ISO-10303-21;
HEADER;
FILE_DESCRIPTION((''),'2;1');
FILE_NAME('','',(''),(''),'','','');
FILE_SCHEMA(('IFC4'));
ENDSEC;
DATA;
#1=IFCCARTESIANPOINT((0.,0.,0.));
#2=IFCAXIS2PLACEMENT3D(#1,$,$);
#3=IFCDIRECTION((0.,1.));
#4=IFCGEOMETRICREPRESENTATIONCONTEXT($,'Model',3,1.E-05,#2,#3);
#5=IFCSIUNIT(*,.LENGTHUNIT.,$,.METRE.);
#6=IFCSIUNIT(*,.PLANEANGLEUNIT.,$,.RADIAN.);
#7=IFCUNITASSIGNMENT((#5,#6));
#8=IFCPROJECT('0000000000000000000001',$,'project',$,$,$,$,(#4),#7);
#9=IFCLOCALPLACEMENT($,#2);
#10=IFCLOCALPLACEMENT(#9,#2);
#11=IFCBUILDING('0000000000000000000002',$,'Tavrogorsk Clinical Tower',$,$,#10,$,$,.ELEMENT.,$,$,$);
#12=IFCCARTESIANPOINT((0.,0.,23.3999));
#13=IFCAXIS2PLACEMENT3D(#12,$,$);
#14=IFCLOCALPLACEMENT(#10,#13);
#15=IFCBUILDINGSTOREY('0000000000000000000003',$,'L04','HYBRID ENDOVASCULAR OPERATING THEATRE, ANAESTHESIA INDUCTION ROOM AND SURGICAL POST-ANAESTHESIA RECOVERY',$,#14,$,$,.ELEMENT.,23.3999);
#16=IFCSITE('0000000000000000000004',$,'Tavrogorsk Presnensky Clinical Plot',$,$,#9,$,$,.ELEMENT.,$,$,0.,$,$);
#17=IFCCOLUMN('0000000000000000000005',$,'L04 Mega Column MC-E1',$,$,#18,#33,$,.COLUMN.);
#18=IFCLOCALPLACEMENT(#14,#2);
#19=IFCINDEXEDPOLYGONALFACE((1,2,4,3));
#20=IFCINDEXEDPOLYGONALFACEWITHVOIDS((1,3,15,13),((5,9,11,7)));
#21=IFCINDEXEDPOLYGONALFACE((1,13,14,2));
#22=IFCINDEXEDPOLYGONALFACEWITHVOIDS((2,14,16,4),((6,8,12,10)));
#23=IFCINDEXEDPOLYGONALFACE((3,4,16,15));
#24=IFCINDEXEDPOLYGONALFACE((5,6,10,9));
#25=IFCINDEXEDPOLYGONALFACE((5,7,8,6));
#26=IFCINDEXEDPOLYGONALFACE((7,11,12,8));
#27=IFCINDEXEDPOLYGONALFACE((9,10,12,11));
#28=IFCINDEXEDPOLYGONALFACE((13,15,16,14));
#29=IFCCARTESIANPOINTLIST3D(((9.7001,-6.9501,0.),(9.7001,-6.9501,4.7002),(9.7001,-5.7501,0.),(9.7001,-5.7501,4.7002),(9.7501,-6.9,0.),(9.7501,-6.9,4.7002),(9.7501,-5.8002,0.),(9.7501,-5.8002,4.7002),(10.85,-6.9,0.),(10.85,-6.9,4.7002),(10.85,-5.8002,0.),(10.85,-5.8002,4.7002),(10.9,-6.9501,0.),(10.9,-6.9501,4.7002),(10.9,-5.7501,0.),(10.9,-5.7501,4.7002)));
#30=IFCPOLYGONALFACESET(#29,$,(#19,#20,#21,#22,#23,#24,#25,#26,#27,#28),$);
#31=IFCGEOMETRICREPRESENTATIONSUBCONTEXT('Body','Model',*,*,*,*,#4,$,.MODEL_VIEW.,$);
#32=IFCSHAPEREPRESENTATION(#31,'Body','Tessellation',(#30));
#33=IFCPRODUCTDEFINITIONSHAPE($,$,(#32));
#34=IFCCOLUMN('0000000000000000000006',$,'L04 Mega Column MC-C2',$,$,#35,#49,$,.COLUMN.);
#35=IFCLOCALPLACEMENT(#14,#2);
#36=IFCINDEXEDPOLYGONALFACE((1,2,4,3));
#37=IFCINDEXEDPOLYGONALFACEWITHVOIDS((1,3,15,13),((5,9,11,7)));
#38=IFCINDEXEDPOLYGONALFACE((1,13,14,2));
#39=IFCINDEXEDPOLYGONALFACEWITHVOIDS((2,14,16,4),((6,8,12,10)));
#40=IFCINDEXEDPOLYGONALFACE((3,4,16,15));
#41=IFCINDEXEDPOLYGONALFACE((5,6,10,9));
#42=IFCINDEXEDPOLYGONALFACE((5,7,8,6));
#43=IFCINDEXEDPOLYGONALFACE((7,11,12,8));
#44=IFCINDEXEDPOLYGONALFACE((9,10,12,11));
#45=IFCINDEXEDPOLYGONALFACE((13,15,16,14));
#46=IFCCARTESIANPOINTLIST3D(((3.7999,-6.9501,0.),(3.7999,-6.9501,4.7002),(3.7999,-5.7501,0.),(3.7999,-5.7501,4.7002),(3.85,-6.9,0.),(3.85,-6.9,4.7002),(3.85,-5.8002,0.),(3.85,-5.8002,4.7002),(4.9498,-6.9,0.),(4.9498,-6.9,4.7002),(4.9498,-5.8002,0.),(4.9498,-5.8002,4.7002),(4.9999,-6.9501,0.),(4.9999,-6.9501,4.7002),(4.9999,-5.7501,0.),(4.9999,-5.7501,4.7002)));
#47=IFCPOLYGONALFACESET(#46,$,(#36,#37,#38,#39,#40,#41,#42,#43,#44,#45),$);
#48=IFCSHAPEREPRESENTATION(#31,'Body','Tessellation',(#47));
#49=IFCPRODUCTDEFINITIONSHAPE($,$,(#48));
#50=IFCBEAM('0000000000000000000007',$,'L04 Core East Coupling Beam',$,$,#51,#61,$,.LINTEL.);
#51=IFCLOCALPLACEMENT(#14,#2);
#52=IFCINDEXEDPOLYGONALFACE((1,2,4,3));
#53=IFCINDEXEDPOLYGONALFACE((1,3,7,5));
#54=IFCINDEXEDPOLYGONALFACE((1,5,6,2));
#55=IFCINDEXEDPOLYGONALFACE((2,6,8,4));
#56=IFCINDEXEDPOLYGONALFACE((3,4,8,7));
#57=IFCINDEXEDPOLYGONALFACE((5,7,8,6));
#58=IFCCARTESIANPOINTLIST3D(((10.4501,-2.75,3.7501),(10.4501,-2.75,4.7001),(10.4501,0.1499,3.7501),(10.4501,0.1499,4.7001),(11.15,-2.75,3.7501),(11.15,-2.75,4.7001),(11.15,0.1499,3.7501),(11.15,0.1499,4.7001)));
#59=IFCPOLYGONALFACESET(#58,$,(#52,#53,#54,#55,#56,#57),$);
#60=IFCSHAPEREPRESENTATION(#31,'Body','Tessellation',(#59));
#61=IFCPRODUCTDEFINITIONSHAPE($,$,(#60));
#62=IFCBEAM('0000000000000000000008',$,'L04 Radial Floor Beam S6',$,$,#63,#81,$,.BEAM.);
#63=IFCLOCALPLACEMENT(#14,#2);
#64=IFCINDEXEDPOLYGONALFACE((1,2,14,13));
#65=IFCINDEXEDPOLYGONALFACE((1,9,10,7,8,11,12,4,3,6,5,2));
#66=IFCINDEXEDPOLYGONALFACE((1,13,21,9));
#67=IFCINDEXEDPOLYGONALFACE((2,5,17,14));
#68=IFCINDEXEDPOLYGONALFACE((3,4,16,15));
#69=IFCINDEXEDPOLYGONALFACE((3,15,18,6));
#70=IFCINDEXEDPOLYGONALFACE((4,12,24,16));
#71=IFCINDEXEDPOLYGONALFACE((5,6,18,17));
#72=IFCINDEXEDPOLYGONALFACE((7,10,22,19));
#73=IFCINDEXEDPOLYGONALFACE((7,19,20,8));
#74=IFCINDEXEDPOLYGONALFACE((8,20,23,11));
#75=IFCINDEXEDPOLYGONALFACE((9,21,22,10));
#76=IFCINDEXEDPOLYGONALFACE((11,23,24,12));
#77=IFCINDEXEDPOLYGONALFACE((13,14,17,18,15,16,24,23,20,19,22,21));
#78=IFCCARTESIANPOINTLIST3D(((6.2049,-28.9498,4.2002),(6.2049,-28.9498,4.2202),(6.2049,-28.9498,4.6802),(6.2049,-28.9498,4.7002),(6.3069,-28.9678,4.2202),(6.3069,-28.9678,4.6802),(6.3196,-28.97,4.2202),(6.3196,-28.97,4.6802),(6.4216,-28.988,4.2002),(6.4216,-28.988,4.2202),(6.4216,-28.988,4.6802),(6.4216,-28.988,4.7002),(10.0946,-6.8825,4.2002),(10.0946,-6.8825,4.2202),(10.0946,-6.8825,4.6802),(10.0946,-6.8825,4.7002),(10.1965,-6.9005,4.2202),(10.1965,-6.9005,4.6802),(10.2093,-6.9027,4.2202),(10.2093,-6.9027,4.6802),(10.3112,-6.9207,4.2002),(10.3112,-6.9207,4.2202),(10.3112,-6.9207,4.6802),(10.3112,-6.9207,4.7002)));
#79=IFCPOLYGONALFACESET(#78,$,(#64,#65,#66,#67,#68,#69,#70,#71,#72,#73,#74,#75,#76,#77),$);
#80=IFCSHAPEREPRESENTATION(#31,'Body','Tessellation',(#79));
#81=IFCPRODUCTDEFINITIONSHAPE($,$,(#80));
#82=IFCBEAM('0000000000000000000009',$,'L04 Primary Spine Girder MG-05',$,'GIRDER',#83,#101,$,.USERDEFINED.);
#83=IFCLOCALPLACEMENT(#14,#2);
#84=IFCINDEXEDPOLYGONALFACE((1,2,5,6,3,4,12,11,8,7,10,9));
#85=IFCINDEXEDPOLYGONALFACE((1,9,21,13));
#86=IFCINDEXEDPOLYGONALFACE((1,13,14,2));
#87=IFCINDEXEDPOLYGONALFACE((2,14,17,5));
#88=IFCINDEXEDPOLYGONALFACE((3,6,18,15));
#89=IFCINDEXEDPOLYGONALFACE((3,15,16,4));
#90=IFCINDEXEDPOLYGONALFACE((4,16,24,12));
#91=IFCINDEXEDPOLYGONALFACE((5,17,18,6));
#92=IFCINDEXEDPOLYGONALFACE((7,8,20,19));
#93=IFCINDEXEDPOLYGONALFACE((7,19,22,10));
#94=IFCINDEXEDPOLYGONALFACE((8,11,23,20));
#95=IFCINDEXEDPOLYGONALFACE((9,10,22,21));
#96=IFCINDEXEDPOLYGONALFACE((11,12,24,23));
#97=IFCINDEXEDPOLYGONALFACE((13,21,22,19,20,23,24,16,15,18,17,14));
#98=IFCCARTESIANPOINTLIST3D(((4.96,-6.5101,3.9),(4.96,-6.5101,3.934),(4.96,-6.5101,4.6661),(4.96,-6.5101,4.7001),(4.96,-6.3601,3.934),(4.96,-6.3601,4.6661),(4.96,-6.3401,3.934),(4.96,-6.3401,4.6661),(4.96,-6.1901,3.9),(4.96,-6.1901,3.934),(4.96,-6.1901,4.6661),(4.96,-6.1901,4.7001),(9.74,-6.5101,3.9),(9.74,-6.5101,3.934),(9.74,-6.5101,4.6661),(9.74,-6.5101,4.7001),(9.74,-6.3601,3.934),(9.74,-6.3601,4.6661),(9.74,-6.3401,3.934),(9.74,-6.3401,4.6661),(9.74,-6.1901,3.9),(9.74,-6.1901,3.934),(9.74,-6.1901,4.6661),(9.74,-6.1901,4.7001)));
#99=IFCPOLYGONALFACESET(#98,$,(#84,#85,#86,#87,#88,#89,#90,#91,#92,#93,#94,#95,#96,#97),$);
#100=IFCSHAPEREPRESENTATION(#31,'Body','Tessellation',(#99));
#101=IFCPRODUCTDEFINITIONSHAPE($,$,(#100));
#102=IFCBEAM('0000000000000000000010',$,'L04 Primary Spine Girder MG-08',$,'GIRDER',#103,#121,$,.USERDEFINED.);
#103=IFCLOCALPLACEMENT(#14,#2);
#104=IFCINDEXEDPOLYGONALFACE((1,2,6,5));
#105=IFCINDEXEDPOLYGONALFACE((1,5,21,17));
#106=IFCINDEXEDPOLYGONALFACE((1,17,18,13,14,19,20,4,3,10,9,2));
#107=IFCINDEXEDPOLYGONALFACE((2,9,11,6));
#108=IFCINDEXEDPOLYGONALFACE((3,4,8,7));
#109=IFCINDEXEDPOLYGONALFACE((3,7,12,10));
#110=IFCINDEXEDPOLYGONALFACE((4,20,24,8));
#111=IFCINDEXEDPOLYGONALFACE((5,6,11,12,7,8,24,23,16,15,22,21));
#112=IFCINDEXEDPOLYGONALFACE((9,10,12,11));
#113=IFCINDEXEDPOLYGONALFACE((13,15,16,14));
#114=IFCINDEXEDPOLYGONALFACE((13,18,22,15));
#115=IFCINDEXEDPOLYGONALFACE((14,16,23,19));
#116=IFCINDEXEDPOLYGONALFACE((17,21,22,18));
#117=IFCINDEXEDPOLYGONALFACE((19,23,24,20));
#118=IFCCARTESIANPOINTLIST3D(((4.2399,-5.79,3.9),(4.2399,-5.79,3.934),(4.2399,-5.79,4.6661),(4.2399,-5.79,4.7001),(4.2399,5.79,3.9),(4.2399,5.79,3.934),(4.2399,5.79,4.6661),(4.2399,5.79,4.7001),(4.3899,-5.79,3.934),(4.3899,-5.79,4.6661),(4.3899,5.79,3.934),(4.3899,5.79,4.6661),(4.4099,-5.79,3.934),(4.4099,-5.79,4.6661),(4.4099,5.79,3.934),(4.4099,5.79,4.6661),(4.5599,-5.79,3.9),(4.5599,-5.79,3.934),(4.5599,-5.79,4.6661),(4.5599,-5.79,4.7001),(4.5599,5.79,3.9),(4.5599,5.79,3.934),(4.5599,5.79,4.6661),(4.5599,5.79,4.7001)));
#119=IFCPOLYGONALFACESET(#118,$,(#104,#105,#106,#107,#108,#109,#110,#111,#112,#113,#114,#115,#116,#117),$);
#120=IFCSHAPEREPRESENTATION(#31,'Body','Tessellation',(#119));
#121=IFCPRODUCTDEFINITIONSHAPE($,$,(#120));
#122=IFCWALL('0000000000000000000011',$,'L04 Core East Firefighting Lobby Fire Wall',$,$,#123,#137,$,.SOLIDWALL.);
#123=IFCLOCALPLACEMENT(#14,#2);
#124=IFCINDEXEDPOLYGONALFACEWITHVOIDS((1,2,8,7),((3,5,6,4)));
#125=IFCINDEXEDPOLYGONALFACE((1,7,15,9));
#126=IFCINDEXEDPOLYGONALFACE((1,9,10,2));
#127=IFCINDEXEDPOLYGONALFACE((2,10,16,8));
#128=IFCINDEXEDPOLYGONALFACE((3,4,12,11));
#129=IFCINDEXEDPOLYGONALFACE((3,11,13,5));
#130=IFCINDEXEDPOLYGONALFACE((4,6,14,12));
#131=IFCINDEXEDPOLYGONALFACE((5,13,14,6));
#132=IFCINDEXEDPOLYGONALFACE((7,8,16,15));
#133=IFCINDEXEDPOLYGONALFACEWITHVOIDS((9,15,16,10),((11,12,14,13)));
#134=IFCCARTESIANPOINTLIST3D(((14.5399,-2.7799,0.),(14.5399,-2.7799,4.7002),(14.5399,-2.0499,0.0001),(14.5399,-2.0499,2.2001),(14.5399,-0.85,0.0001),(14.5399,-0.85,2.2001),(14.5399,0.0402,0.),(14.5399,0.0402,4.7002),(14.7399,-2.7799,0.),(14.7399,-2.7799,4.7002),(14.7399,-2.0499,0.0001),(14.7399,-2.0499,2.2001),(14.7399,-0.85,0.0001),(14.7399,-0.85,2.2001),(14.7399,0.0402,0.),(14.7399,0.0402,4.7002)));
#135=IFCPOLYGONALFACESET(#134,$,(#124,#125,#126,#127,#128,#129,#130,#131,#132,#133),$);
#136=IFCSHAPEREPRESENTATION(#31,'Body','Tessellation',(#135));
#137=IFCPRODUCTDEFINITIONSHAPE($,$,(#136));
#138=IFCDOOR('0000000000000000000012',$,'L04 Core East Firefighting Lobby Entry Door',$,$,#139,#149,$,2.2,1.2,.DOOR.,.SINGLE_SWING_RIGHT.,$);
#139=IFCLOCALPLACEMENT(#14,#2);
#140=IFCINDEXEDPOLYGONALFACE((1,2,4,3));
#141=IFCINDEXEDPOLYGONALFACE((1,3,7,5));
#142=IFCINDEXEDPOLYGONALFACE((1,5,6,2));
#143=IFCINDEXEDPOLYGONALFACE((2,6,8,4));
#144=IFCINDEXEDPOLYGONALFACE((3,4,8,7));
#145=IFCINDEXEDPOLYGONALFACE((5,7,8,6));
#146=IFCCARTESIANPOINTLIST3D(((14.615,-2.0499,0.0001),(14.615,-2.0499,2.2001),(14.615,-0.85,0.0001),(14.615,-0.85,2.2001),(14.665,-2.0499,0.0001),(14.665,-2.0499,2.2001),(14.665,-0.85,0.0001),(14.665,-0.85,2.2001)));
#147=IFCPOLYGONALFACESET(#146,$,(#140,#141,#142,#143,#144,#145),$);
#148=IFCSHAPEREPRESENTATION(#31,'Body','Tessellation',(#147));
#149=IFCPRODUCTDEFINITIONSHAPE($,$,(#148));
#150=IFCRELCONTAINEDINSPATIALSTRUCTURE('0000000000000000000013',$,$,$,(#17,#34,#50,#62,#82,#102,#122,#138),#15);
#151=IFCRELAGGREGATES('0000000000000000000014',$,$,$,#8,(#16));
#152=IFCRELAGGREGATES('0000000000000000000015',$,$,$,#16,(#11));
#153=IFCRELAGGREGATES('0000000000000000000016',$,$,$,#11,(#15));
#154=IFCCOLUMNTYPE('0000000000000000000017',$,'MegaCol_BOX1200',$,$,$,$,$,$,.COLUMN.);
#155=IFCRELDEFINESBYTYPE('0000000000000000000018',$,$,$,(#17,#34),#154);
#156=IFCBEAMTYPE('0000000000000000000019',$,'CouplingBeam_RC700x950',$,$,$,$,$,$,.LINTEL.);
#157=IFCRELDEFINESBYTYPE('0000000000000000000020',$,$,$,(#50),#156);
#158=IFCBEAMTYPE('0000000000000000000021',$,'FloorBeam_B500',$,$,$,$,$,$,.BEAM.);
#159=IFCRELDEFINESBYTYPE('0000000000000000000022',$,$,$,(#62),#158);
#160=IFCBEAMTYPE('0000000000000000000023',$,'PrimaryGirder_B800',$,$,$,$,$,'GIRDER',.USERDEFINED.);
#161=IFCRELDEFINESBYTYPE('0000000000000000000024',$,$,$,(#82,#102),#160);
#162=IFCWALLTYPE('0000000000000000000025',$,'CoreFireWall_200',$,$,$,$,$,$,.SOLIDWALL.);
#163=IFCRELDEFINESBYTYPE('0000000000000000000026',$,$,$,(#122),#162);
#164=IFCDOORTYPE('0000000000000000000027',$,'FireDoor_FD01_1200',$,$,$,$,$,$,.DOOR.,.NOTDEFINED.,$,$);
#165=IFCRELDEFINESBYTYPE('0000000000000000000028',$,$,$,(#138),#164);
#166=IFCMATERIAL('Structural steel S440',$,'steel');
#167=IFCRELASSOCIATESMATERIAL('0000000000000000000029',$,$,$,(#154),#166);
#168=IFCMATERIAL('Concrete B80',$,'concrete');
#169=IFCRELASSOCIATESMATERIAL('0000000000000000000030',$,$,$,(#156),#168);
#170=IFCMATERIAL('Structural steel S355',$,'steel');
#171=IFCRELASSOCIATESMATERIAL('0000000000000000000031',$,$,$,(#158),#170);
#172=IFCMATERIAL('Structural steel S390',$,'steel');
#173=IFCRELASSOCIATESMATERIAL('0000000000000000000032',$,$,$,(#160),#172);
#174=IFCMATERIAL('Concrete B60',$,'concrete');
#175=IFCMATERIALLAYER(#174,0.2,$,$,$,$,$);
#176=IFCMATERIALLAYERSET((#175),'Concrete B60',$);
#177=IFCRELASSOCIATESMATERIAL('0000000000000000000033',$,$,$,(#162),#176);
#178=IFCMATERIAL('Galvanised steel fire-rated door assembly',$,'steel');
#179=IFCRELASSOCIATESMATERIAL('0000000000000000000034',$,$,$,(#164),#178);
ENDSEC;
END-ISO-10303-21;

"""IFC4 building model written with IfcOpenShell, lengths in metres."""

from ifc_helpers import new_model, si_unit, direction, frame, frame_2d, origin, origin_2d, place, context, subcontext, project, spatial, rectangle, hollow_rectangle, i_section, extrude, material, layer, layer_set, material_profile, profile_set, type_object, element, fill, save


model = new_model("IFC4")

# Units and contexts
model_context = context("Model", 3, precision=1e-05, world=origin(), true_north=direction((0.0, 1.0)))
body_context = subcontext(model_context, "Body", "Model", "MODEL_VIEW")
ifc_project = project(units=[si_unit("LENGTHUNIT", "METRE"), si_unit("PLANEANGLEUNIT", "RADIAN")], contexts=[model_context])

# Site, building, storey
site_placement = place(None, origin())
site = spatial("IfcSite", under=ifc_project, at=site_placement, Name="Tavrogorsk Presnensky Clinical Plot", CompositionType="ELEMENT", RefElevation=0.0)
building_placement = place(site_placement, origin())
building = spatial("IfcBuilding", under=site, at=building_placement, Name="Tavrogorsk Clinical Tower", CompositionType="ELEMENT")
storey_placement = place(building_placement, frame((0.0, 0.0, 23.3999)))
storey = spatial("IfcBuildingStorey", under=building, at=storey_placement, Name="L04", Description="HYBRID ENDOVASCULAR OPERATING THEATRE, ANAESTHESIA INDUCTION ROOM AND SURGICAL POST-ANAESTHESIA RECOVERY", CompositionType="ELEMENT", Elevation=23.3999)

# Columns
ifc_material_1 = material(Name="Structural steel S440", Category="steel")
ifc_material_profile_1 = material_profile(ifc_material_1, hollow_rectangle(XDim=1.2, YDim=1.2, WallThickness=0.05, at=origin_2d()), Name="BOX-1200x1200x50")
ifc_profile_set_1 = profile_set([ifc_material_profile_1], Name="Structural steel S440")
column_type = type_object("IfcColumnType", Name="MegaCol_BOX1200", PredefinedType="COLUMN", material=ifc_profile_set_1)
for number, where, z_axis, x_axis, name in (
    (1, (10.3, -6.3501, 0.0), (0.0, 0.0, 1.0), (1.0, 0.0, 0.0), "L04 Mega Column MC-E1"),
    (2, (4.3999, -6.3501, 0.0), (0.0, 0.0, 1.0), (1.0, 0.0, 0.0), "L04 Mega Column MC-C2"),
):
    element("IfcColumn", number, at=place(storey_placement, frame(where, z_axis=z_axis, x_axis=x_axis)), inside=storey, type_object=column_type, Name=name, PredefinedType="COLUMN", context=body_context, shape_type="SweptSolid", body=[
        extrude(hollow_rectangle(XDim=1.2, YDim=1.2, WallThickness=0.05, at=origin_2d()), origin(), (0.0, 0.0, 1.0), 4.7002),
    ])

# Beams
ifc_material_2 = material(Name="Concrete B80", Category="concrete")
ifc_material_profile_2 = material_profile(ifc_material_2, rectangle(XDim=0.7, YDim=0.95, at=origin_2d()), Name="RC-CB-700x950")
ifc_profile_set_2 = profile_set([ifc_material_profile_2], Name="Concrete B80")
beam_type_1 = type_object("IfcBeamType", Name="CouplingBeam_RC700x950", PredefinedType="LINTEL", material=ifc_profile_set_2)
beam_1_placement = place(storey_placement, frame((10.8, -2.75, 4.2251), z_axis=(0.0, 1.0, 0.0), x_axis=(-1.0, 0.0, 0.0)))
element("IfcBeam", 3, at=beam_1_placement, inside=storey, type_object=beam_type_1, Name="L04 Core East Coupling Beam", PredefinedType="LINTEL", context=body_context, shape_type="SweptSolid", body=[
    extrude(rectangle(XDim=0.7, YDim=0.95, at=origin_2d()), origin(), (0.0, 0.0, 1.0), 2.8999),
])
ifc_material_3 = material(Name="Structural steel S355", Category="steel")
ifc_material_profile_3 = material_profile(ifc_material_3, i_section(OverallWidth=0.22, OverallDepth=0.5, WebThickness=0.0129, FlangeThickness=0.02, at=origin_2d()), Name="B-500x220x13x20")
ifc_profile_set_3 = profile_set([ifc_material_profile_3], Name="Structural steel S355")
beam_type_2 = type_object("IfcBeamType", Name="FloorBeam_B500", PredefinedType="BEAM", material=ifc_profile_set_3)
beam_2_placement = place(storey_placement, frame((10.2029, -6.9016, 4.4502), z_axis=(-0.173586, -0.984819, 0.0), x_axis=(0.984819, -0.173586, 0.0)))
element("IfcBeam", 4, at=beam_2_placement, inside=storey, type_object=beam_type_2, Name="L04 Radial Floor Beam S6", PredefinedType="BEAM", context=body_context, shape_type="SweptSolid", body=[
    extrude(i_section(OverallWidth=0.22, OverallDepth=0.5, WebThickness=0.0129, FlangeThickness=0.02, at=origin_2d()), origin(), (0.0, 0.0, 1.0), 22.4075),
])
ifc_material_4 = material(Name="Structural steel S390", Category="steel")
ifc_material_profile_4 = material_profile(ifc_material_4, i_section(OverallWidth=0.3201, OverallDepth=0.8, WebThickness=0.02, FlangeThickness=0.0339, at=origin_2d()), Name="B-800x320x20x34")
ifc_profile_set_4 = profile_set([ifc_material_profile_4], Name="Structural steel S390")
beam_type_3 = type_object("IfcBeamType", Name="PrimaryGirder_B800", ElementType="GIRDER", PredefinedType="USERDEFINED", material=ifc_profile_set_4)
beam_3_placement = place(storey_placement, frame((4.96, -6.3501, 4.3), z_axis=(1.0, 0.0, 0.0), x_axis=(0.0, 1.0, 0.0)))
element("IfcBeam", 5, at=beam_3_placement, inside=storey, type_object=beam_type_3, Name="L04 Primary Spine Girder MG-05", ObjectType="GIRDER", PredefinedType="USERDEFINED", context=body_context, shape_type="SweptSolid", body=[
    extrude(i_section(OverallWidth=0.3201, OverallDepth=0.8, WebThickness=0.02, FlangeThickness=0.0339, at=origin_2d()), origin(), (0.0, 0.0, 1.0), 4.78),
])
beam_4_placement = place(storey_placement, frame((4.3999, -5.79, 4.3), z_axis=(0.0, 1.0, 0.0), x_axis=(-1.0, 0.0, 0.0)))
element("IfcBeam", 6, at=beam_4_placement, inside=storey, type_object=beam_type_3, Name="L04 Primary Spine Girder MG-08", ObjectType="GIRDER", PredefinedType="USERDEFINED", context=body_context, shape_type="SweptSolid", body=[
    extrude(i_section(OverallWidth=0.3201, OverallDepth=0.8, WebThickness=0.02, FlangeThickness=0.0339, at=origin_2d()), origin(), (0.0, 0.0, 1.0), 11.5801),
])

# Wall, opening, door
ifc_material_5 = material(Name="Concrete B60", Category="concrete")
ifc_layer_1 = layer(ifc_material_5, 0.2)
ifc_layer_set_1 = layer_set([ifc_layer_1], Name="Concrete B60")
wall_type_1 = type_object("IfcWallType", Name="CoreFireWall_200", PredefinedType="SOLIDWALL", material=ifc_layer_set_1)
wall_1_placement = place(storey_placement, frame((14.6399, -2.78, 0.0), z_axis=(0.0, 0.0, 1.0), x_axis=(0.0, 1.0, 0.0)))
wall_1 = element("IfcWall", 7, at=wall_1_placement, inside=storey, type_object=wall_type_1, Name="L04 Core East Firefighting Lobby Fire Wall", PredefinedType="SOLIDWALL", context=body_context, shape_type="SweptSolid", body=[
    extrude(rectangle(XDim=2.8201, YDim=0.2, at=frame_2d((1.4102, 0.0))), origin(), (0.0, 0.0, 1.0), 4.7002),
])
opening_1_placement = place(wall_1_placement, frame((0.73, 0.0, 0.0)))
opening_1 = element("IfcOpeningElement", 8, at=opening_1_placement, cuts=wall_1, PredefinedType="OPENING", context=body_context, shape_type="SweptSolid", body=[
    extrude(rectangle(XDim=1.2, YDim=2.2, at=frame_2d((0.6001, 1.1001))), frame((0.0, 0.1099, 0.0), z_axis=(0.0, -1.0, 0.0), x_axis=(1.0, 0.0, 0.0)), (0.0, 0.0, 1.0), 0.22),
])
ifc_material_6 = material(Name="Galvanised steel fire-rated door assembly", Category="steel")
door_type_1 = type_object("IfcDoorType", Name="FireDoor_FD01_1200", OperationType="NOTDEFINED", PredefinedType="DOOR", material=ifc_material_6)
door_1_placement = place(opening_1_placement, origin())
door_1 = element("IfcDoor", 9, at=door_1_placement, inside=storey, type_object=door_type_1, Name="L04 Core East Firefighting Lobby Entry Door", OperationType="SINGLE_SWING_RIGHT", OverallHeight=2.2, OverallWidth=1.2, PredefinedType="DOOR", context=body_context, shape_type="SweptSolid", body=[
    extrude(rectangle(XDim=1.2, YDim=2.2, at=frame_2d((0.6001, 1.1001))), frame((0.0, 0.0249, 0.0), z_axis=(0.0, -1.0, 0.0), x_axis=(1.0, 0.0, 0.0)), (0.0, 0.0, 1.0), 0.05),
])
fill(opening_1, door_1)

save(model, "model.ifc")
